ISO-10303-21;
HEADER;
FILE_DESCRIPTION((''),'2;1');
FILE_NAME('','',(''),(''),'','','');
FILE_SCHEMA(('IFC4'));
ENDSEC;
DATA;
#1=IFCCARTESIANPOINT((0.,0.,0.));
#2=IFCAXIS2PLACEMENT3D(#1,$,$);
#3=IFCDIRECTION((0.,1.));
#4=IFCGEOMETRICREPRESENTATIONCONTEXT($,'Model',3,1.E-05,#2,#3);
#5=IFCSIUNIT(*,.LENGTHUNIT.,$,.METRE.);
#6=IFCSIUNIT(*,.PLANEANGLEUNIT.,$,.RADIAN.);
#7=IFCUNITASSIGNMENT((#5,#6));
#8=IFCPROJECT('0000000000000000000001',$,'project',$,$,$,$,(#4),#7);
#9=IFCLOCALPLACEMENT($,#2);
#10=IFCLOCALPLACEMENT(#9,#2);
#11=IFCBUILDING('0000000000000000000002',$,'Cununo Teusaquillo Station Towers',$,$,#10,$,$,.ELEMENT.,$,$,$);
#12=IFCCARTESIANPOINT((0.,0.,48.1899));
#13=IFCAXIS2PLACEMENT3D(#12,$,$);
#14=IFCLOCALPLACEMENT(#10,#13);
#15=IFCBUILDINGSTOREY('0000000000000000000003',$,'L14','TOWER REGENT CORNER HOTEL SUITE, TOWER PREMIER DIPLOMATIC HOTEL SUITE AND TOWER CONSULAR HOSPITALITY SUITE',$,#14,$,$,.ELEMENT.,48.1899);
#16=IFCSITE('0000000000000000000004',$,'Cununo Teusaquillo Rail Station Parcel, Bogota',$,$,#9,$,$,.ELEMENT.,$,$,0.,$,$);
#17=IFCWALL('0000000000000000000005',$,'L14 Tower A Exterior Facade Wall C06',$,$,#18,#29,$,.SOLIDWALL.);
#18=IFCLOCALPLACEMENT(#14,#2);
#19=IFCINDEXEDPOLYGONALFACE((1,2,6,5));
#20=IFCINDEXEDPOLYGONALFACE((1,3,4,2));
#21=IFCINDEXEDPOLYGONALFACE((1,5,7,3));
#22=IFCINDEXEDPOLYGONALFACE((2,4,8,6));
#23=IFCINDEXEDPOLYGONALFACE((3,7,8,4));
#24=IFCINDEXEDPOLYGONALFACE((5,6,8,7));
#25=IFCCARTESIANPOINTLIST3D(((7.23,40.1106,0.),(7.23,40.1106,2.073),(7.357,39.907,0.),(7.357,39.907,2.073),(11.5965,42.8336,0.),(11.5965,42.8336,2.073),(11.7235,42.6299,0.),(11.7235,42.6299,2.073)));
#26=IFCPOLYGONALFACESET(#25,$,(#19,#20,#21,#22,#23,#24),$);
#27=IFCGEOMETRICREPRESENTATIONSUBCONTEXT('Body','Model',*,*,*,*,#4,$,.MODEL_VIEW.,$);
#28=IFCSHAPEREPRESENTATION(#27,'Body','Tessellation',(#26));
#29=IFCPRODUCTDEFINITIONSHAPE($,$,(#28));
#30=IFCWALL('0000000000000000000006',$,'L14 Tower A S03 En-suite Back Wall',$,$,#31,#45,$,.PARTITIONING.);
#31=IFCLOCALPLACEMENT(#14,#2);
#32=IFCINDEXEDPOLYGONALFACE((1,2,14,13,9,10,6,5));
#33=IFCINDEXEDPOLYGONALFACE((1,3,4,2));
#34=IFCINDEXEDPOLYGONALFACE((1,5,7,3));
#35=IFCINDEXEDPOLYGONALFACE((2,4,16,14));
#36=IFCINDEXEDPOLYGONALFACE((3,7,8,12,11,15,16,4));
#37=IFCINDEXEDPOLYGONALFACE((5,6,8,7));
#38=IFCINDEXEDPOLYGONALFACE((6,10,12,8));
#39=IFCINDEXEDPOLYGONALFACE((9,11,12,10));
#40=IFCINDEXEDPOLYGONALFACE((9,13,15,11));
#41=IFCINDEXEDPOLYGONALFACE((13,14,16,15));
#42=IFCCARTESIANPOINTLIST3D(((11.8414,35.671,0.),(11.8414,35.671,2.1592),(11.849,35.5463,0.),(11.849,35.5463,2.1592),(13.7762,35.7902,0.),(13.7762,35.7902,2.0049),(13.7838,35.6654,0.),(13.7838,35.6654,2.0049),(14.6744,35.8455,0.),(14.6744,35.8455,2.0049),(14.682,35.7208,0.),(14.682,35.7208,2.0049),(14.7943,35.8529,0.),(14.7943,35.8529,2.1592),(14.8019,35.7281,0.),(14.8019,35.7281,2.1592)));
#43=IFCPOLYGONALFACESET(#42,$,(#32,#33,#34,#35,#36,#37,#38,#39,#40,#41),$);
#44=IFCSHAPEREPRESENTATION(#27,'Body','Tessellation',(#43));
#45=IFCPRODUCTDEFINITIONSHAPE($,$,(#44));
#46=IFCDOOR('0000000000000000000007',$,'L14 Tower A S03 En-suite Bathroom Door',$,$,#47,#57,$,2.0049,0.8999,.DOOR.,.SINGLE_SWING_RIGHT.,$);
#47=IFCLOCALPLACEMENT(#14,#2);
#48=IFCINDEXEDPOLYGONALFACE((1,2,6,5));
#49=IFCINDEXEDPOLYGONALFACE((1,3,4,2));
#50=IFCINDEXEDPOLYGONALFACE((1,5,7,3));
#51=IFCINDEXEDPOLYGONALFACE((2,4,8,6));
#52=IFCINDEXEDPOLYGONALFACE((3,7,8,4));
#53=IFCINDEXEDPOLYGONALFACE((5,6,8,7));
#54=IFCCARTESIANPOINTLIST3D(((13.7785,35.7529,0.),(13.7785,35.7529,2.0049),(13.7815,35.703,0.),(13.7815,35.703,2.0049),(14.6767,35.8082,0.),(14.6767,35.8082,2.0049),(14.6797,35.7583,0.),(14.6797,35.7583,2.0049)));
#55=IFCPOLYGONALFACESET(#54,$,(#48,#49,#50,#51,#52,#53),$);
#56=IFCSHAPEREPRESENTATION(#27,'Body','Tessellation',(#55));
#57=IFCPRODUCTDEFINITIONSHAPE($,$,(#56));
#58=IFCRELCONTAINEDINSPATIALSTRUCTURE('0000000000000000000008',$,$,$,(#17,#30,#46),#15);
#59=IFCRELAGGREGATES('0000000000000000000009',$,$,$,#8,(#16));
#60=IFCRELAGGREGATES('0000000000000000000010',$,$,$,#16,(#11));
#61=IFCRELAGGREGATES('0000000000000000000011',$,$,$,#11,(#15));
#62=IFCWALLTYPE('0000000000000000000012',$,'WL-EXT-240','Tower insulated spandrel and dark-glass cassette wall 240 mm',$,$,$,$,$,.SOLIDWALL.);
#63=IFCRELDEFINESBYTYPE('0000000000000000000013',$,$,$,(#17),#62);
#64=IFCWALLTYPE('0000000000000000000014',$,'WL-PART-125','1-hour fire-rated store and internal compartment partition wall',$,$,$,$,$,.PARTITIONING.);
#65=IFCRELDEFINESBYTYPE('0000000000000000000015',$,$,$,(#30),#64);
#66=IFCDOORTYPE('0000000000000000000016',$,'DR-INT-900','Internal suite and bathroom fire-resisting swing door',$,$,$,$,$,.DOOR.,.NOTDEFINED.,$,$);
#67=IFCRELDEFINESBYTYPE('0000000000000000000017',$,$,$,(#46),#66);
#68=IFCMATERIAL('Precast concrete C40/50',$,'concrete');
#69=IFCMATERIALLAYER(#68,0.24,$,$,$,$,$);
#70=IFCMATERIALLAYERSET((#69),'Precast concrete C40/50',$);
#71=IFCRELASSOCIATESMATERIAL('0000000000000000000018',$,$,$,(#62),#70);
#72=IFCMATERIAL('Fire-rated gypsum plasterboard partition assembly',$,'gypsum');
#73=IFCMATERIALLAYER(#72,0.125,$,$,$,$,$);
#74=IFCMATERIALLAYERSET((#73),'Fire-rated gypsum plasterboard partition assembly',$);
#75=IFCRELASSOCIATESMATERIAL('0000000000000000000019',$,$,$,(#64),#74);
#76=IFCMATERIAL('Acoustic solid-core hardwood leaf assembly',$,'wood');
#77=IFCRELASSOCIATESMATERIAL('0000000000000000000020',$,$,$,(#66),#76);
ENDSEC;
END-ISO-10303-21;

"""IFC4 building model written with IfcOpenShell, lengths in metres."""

from ifc_helpers import new_model, si_unit, direction, frame, frame_2d, origin, place, context, subcontext, project, spatial, rectangle, extrude, source, transform, mapped, material, layer, layer_set, type_object, element, fill, save


model = new_model("IFC4")

# Units and contexts
model_context = context("Model", 3, precision=1e-05, world=origin(), true_north=direction((0.0, 1.0)))
body_context = subcontext(model_context, "Body", "Model", "MODEL_VIEW")
ifc_project = project(units=[si_unit("LENGTHUNIT", "METRE"), si_unit("PLANEANGLEUNIT", "RADIAN")], contexts=[model_context])

# Site, building, storey
site_placement = place(None, origin())
site = spatial("IfcSite", under=ifc_project, at=site_placement, Name="Cununo Teusaquillo Rail Station Parcel, Bogota", CompositionType="ELEMENT", RefElevation=0.0)
building_placement = place(site_placement, origin())
building = spatial("IfcBuilding", under=site, at=building_placement, Name="Cununo Teusaquillo Station Towers", CompositionType="ELEMENT")
storey_placement = place(building_placement, frame((0.0, 0.0, 48.1899)))
storey = spatial("IfcBuildingStorey", under=building, at=storey_placement, Name="L14", Description="TOWER REGENT CORNER HOTEL SUITE, TOWER PREMIER DIPLOMATIC HOTEL SUITE AND TOWER CONSULAR HOSPITALITY SUITE", CompositionType="ELEMENT", Elevation=48.1899)

# Shared definitions
ifc_material_1 = material(Name="Precast concrete C40/50", Category="concrete")
ifc_layer_1 = layer(ifc_material_1, 0.24)
ifc_layer_set_1 = layer_set([ifc_layer_1], Name="Precast concrete C40/50")
wall_type_1 = type_object("IfcWallType", Name="WL-EXT-240", Description="Tower insulated spandrel and dark-glass cassette wall 240 mm", PredefinedType="SOLIDWALL", material=ifc_layer_set_1)

# Wall
wall_1_placement = place(storey_placement, frame((7.2935, 40.0088, 0.0), z_axis=(0.0, 0.0, 1.0), x_axis=(0.848534, 0.529141, 0.0)))
element("IfcWall", 1, at=wall_1_placement, inside=storey, type_object=wall_type_1, Name="L14 Tower A Exterior Facade Wall C06", PredefinedType="SOLIDWALL", context=body_context, shape_type="SweptSolid", body=[
    extrude(rectangle(XDim=5.146, YDim=0.24, at=frame_2d((2.573, 0.0))), origin(), (0.0, 0.0, 1.0), 2.073),
])

# Wall, opening, door
ifc_material_2 = material(Name="Fire-rated gypsum plasterboard partition assembly", Category="gypsum")
ifc_layer_2 = layer(ifc_material_2, 0.125)
ifc_layer_set_2 = layer_set([ifc_layer_2], Name="Fire-rated gypsum plasterboard partition assembly")
wall_type_2 = type_object("IfcWallType", Name="WL-PART-125", Description="1-hour fire-rated store and internal compartment partition wall", PredefinedType="PARTITIONING", material=ifc_layer_set_2)
wall_2_placement = place(storey_placement, frame((14.7981, 35.7905, 0.0), z_axis=(0.0, 0.0, 1.0), x_axis=(-0.998108, -0.061479, 0.0)))
wall_2 = element("IfcWall", 2, at=wall_2_placement, inside=storey, type_object=wall_type_2, Name="L14 Tower A S03 En-suite Back Wall", PredefinedType="PARTITIONING", context=body_context, shape_type="SweptSolid", body=[
    extrude(rectangle(XDim=2.9585, YDim=0.125, at=frame_2d((1.4792, 0.0))), origin(), (0.0, 0.0, 1.0), 2.1592),
])
shared_shape_1 = source(origin(), body_context, "Body", "SweptSolid", [
    extrude(rectangle(XDim=0.8999, YDim=2.0049, at=frame_2d((0.45, 1.0024))), frame((0.0, 0.0725, 0.0), z_axis=(0.0, -1.0, 0.0), x_axis=(1.0, 0.0, 0.0)), (0.0, 0.0, 1.0), 0.145),
])
opening_1_placement = place(wall_2_placement, frame((0.1201, 0.0, 0.0)))
opening_1 = element("IfcOpeningElement", 3, at=opening_1_placement, cuts=wall_2, PredefinedType="OPENING", context=body_context, shape_type="MappedRepresentation", body=[
    mapped(shared_shape_1, transform((0.0, 0.0, 0.0), x_axis=(1.0, 0.0, 0.0), y_axis=(0.0, 1.0, 0.0), z_axis=(0.0, 0.0, 1.0), scale=1.0)),
])
ifc_material_3 = material(Name="Acoustic solid-core hardwood leaf assembly", Category="wood")
door_type_1 = type_object("IfcDoorType", Name="DR-INT-900", Description="Internal suite and bathroom fire-resisting swing door", OperationType="NOTDEFINED", PredefinedType="DOOR", material=ifc_material_3)
shared_shape_2 = source(origin(), body_context, "Body", "SweptSolid", [
    extrude(rectangle(XDim=0.8999, YDim=2.0049, at=frame_2d((0.45, 1.0024))), frame((0.0, 0.0249, 0.0), z_axis=(0.0, -1.0, 0.0), x_axis=(1.0, 0.0, 0.0)), (0.0, 0.0, 1.0), 0.05),
])
door_1_placement = place(opening_1_placement, origin())
door_1 = element("IfcDoor", 4, at=door_1_placement, inside=storey, type_object=door_type_1, Name="L14 Tower A S03 En-suite Bathroom Door", OperationType="SINGLE_SWING_RIGHT", OverallHeight=2.0049, OverallWidth=0.8999, PredefinedType="DOOR", context=body_context, shape_type="MappedRepresentation", body=[
    mapped(shared_shape_2, transform((0.0, 0.0, 0.0), x_axis=(1.0, 0.0, 0.0), y_axis=(0.0, 1.0, 0.0), z_axis=(0.0, 0.0, 1.0), scale=1.0)),
])
fill(opening_1, door_1)

save(model, "model.ifc")
